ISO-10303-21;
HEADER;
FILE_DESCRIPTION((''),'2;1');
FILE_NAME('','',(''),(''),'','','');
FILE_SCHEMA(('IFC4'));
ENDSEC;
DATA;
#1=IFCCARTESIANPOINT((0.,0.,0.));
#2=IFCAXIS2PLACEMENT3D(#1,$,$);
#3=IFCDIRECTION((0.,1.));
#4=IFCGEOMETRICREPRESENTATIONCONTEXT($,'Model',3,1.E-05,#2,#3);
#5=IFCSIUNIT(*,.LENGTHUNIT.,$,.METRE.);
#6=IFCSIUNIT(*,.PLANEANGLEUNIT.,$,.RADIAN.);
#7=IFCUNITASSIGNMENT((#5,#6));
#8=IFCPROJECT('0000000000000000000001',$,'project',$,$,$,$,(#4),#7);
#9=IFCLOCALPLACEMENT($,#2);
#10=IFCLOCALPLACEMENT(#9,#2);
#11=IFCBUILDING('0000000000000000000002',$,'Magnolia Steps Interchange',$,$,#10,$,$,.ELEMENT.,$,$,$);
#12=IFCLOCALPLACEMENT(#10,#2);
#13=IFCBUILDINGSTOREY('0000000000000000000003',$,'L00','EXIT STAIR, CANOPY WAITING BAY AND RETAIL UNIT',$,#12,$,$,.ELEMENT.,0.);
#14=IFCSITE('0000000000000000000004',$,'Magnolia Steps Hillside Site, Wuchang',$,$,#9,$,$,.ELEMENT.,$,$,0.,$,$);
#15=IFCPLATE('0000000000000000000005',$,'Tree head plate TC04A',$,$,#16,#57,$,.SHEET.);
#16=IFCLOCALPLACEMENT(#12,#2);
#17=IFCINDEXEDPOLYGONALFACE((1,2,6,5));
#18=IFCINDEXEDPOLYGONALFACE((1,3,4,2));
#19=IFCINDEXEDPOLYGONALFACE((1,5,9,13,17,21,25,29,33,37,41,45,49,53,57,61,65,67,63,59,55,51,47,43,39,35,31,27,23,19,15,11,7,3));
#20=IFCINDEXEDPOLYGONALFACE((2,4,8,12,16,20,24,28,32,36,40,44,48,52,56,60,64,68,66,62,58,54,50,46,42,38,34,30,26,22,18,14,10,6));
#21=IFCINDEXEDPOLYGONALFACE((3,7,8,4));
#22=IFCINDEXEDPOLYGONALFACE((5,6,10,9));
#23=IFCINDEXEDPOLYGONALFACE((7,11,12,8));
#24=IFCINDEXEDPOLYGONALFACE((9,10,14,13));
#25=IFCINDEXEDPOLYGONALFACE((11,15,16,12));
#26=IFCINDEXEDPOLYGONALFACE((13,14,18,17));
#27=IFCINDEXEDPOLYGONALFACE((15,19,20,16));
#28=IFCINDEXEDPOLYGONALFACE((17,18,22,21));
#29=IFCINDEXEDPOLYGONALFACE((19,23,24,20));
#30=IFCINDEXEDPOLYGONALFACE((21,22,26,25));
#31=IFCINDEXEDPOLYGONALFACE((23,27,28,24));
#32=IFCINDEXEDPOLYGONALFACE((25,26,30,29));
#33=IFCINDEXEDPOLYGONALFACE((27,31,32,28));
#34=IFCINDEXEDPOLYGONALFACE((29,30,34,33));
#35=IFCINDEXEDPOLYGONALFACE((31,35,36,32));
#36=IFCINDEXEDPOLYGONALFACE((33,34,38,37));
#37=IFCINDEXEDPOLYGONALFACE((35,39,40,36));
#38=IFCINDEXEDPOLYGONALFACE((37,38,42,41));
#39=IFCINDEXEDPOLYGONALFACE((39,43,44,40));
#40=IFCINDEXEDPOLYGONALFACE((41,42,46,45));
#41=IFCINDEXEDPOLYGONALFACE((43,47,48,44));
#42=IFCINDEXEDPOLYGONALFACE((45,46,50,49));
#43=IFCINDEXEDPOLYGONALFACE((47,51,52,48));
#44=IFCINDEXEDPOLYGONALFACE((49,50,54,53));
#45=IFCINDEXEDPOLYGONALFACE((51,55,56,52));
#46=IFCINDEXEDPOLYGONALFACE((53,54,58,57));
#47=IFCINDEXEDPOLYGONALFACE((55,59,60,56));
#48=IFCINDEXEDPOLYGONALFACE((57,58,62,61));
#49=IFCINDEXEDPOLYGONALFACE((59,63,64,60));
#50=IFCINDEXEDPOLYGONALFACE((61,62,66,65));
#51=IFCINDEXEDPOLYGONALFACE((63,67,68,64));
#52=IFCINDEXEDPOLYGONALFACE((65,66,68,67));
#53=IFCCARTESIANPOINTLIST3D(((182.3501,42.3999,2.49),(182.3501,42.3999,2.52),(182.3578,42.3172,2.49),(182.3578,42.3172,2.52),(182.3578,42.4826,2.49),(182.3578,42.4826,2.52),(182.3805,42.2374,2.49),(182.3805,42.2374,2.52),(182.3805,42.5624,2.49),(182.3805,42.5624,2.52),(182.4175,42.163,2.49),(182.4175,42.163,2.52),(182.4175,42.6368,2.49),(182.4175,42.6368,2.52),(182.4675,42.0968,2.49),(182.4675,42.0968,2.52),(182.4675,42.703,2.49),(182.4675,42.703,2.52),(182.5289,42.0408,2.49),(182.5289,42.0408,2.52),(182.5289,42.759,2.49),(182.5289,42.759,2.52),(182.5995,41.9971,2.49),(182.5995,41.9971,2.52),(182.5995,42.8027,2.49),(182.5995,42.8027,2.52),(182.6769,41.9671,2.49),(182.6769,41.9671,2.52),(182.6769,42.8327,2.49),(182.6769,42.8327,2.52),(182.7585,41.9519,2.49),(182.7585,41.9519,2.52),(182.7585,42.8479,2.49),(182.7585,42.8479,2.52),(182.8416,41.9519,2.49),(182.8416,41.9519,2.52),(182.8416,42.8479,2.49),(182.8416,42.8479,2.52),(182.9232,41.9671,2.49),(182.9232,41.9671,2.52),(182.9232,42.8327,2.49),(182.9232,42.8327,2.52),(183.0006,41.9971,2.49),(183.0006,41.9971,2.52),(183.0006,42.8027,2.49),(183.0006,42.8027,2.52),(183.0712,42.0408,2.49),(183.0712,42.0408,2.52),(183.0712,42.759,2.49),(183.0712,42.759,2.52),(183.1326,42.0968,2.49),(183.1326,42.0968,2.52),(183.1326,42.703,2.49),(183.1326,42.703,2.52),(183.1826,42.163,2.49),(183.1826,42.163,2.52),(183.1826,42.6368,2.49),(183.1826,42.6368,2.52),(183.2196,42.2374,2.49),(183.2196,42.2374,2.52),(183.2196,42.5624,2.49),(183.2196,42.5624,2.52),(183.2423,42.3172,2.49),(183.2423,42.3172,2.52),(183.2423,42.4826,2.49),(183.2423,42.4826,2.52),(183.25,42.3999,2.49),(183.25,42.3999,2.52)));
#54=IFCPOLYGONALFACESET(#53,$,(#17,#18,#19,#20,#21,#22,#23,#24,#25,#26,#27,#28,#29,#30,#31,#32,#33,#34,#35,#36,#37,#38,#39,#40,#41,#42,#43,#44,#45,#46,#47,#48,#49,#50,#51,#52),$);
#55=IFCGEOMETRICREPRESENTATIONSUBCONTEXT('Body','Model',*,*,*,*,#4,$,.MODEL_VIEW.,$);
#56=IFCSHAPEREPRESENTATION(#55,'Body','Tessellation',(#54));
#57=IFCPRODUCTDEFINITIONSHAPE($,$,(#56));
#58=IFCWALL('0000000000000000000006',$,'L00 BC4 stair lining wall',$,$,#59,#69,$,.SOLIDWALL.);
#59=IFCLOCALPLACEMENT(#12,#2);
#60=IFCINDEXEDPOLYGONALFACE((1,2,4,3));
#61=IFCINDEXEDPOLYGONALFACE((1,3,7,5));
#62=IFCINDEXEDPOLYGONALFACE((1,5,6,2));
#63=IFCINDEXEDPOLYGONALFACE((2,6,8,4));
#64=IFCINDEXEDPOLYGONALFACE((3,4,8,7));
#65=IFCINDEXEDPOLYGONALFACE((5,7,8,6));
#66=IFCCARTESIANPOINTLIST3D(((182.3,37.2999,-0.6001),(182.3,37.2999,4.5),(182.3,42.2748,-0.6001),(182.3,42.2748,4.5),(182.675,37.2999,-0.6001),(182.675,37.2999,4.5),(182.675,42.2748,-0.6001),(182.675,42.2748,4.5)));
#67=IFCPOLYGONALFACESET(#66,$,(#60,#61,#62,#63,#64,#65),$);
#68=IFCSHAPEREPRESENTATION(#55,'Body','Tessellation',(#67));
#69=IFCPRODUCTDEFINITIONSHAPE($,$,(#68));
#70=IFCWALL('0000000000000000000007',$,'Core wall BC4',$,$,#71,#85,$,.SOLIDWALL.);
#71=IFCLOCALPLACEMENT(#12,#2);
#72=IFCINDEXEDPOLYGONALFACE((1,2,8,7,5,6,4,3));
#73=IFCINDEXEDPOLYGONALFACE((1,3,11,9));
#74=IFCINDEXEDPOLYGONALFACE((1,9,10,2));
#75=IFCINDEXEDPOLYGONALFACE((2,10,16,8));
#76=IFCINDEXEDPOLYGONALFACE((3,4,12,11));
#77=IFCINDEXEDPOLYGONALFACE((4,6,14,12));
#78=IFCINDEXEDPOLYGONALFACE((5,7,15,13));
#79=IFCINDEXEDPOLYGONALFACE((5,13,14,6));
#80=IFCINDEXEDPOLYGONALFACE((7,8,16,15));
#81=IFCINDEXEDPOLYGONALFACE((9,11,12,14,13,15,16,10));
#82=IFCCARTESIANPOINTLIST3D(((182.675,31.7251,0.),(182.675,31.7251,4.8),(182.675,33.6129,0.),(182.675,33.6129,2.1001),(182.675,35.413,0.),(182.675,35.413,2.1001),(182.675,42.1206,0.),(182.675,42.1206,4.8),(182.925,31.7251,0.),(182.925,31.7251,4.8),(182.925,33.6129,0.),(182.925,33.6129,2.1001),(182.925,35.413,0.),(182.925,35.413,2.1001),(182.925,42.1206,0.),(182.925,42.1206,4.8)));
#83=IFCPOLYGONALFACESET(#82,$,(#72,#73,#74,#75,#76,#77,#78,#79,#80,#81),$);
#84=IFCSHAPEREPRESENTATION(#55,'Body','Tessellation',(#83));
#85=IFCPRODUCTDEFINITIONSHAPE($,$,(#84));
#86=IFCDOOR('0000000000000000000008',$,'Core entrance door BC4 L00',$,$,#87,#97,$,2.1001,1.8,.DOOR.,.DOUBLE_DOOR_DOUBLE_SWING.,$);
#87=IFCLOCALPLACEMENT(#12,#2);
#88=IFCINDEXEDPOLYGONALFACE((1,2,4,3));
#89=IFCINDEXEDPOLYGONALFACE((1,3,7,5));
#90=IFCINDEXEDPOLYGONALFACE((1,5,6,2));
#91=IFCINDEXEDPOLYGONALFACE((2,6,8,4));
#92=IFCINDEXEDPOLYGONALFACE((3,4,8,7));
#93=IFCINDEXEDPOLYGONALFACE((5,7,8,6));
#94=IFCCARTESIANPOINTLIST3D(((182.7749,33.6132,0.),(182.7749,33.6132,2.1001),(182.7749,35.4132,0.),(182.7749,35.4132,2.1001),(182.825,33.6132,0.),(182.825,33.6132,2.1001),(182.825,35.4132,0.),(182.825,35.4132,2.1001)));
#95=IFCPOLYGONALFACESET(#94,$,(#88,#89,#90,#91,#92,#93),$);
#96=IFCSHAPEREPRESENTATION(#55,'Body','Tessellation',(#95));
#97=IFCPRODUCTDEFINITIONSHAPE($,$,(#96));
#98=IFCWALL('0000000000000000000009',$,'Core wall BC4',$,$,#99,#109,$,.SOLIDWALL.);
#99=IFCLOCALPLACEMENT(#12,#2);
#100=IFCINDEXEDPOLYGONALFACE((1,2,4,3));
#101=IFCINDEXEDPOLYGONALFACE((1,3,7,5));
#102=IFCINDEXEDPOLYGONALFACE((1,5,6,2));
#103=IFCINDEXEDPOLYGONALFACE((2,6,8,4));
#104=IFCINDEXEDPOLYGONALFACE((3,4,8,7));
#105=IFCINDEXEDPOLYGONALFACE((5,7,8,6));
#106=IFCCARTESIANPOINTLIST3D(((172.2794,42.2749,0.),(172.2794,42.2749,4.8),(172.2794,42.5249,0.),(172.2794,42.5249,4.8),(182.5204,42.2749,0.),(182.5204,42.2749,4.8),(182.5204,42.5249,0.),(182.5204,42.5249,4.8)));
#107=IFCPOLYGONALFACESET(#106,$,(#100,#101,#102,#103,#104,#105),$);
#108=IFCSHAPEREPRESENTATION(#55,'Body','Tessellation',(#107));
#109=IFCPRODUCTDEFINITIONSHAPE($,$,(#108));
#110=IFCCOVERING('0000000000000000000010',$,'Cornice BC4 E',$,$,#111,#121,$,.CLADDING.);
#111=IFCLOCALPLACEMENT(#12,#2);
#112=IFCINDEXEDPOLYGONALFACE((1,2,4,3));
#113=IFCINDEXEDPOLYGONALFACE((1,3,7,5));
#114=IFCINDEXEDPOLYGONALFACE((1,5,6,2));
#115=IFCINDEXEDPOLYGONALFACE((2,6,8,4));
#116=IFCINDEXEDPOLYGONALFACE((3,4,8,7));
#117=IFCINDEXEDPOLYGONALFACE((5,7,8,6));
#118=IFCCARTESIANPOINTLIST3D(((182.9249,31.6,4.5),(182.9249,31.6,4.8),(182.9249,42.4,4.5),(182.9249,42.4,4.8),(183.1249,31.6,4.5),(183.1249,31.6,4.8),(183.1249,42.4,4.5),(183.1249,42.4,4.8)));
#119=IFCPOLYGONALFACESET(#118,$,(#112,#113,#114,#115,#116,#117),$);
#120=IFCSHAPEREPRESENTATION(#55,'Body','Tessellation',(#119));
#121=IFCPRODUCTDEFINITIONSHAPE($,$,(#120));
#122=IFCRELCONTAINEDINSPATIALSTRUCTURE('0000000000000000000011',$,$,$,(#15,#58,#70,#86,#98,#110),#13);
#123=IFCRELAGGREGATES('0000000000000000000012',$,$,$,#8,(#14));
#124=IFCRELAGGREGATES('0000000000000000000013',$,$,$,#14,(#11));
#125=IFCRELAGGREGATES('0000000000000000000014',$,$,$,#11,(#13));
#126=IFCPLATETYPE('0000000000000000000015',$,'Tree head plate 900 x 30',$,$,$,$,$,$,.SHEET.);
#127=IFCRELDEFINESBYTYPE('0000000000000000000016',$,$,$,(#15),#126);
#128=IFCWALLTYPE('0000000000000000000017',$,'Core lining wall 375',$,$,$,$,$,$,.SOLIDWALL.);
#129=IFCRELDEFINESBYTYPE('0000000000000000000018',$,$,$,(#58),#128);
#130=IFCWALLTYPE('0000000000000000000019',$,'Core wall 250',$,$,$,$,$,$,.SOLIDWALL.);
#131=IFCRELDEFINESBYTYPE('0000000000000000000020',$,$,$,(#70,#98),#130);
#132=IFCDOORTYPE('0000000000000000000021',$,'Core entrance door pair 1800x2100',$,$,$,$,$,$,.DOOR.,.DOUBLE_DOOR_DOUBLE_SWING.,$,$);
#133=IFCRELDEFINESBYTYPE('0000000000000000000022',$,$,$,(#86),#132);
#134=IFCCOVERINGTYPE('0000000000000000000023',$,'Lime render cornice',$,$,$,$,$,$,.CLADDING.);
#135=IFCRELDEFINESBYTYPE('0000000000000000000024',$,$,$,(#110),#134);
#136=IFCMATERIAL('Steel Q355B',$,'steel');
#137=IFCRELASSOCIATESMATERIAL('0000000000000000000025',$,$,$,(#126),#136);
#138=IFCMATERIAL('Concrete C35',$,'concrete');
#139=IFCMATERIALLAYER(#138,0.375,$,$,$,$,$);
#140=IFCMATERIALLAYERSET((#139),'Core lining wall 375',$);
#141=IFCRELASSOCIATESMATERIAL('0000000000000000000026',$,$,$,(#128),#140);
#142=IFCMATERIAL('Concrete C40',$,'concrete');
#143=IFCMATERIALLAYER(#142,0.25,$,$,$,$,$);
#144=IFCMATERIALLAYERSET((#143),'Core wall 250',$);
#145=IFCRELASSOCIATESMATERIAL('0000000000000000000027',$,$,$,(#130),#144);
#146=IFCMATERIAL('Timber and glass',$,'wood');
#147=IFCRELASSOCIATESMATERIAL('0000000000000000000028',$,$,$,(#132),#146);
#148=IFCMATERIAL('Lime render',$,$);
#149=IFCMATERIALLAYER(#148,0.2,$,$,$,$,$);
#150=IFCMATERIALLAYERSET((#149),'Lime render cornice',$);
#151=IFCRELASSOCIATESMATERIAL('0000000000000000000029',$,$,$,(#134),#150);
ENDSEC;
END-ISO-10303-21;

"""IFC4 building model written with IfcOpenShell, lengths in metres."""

from ifc_helpers import new_model, si_unit, direction, frame, frame_2d, origin, origin_2d, place, context, subcontext, project, spatial, rectangle, circle, extrude, material, layer, layer_set, material_profile, profile_set, type_object, element, fill, save


model = new_model("IFC4")

# Units and contexts
model_context = context("Model", 3, precision=1e-05, world=origin(), true_north=direction((0.0, 1.0)))
body_context = subcontext(model_context, "Body", "Model", "MODEL_VIEW")
ifc_project = project(units=[si_unit("LENGTHUNIT", "METRE"), si_unit("PLANEANGLEUNIT", "RADIAN")], contexts=[model_context])

# Site, building, storey
site_placement = place(None, origin())
site = spatial("IfcSite", under=ifc_project, at=site_placement, Name="Magnolia Steps Hillside Site, Wuchang", CompositionType="ELEMENT", RefElevation=0.0)
building_placement = place(site_placement, origin())
building = spatial("IfcBuilding", under=site, at=building_placement, Name="Magnolia Steps Interchange", CompositionType="ELEMENT")
storey_placement = place(building_placement, origin())
storey = spatial("IfcBuildingStorey", under=building, at=storey_placement, Name="L00", Description="EXIT STAIR, CANOPY WAITING BAY AND RETAIL UNIT", CompositionType="ELEMENT", Elevation=0.0)

# Plate
ifc_material_1 = material(Name="Steel Q355B", Category="steel")
ifc_material_profile_1 = material_profile(ifc_material_1, circle(Radius=0.45, at=origin_2d()), Name="Tree head plate 900 x 30")
ifc_profile_set_1 = profile_set([ifc_material_profile_1], Name="Steel Q355B")
plate_type = type_object("IfcPlateType", Name="Tree head plate 900 x 30", PredefinedType="SHEET", material=ifc_profile_set_1)
plate_placement = place(storey_placement, frame((182.8, 42.3999, 2.49), z_axis=(0.0, 0.0, 1.0), x_axis=(1.0, 0.0, 0.0)))
element("IfcPlate", 1, at=plate_placement, inside=storey, type_object=plate_type, Name="Tree head plate TC04A", PredefinedType="SHEET", context=body_context, shape_type="SweptSolid", body=[
    extrude(circle(Radius=0.45, at=origin_2d()), origin(), (0.0, 0.0, 1.0), 0.03),
])

# Wall
ifc_material_2 = material(Name="Concrete C35", Category="concrete")
ifc_layer_1 = layer(ifc_material_2, 0.375)
ifc_layer_set_1 = layer_set([ifc_layer_1], Name="Core lining wall 375")
wall_type_1 = type_object("IfcWallType", Name="Core lining wall 375", PredefinedType="SOLIDWALL", material=ifc_layer_set_1)
wall_1_placement = place(storey_placement, frame((182.4875, 37.3, -0.6001), z_axis=(0.0, 0.0, 1.0), x_axis=(0.0, 1.0, 0.0)))
element("IfcWall", 2, at=wall_1_placement, inside=storey, type_object=wall_type_1, Name="L00 BC4 stair lining wall", PredefinedType="SOLIDWALL", context=body_context, shape_type="SweptSolid", body=[
    extrude(rectangle(XDim=4.9749, YDim=0.375, at=frame_2d((2.4873, 0.0))), origin(), (0.0, 0.0, 1.0), 5.1001),
])

# Wall, opening, door
ifc_material_3 = material(Name="Concrete C40", Category="concrete")
ifc_layer_2 = layer(ifc_material_3, 0.25)
ifc_layer_set_2 = layer_set([ifc_layer_2], Name="Core wall 250")
wall_type_2 = type_object("IfcWallType", Name="Core wall 250", PredefinedType="SOLIDWALL", material=ifc_layer_set_2)
wall_2_placement = place(storey_placement, frame((182.8, 31.7251, 0.0), z_axis=(0.0, 0.0, 1.0), x_axis=(0.0, 1.0, 0.0)))
wall_2 = element("IfcWall", 3, at=wall_2_placement, inside=storey, type_object=wall_type_2, Name="Core wall BC4", PredefinedType="SOLIDWALL", context=body_context, shape_type="SweptSolid", body=[
    extrude(rectangle(XDim=10.3955, YDim=0.25, at=frame_2d((5.1978, 0.0))), origin(), (0.0, 0.0, 1.0), 4.8),
])
opening_placement = place(wall_2_placement, frame((1.8879, 0.0, 0.0)))
opening = element("IfcOpeningElement", 4, at=opening_placement, cuts=wall_2, PredefinedType="OPENING", context=body_context, shape_type="SweptSolid", body=[
    extrude(rectangle(XDim=1.8, YDim=2.1001, at=frame_2d((0.8999, 1.05))), frame((0.0, 0.135, 0.0), z_axis=(0.0, -1.0, 0.0), x_axis=(1.0, 0.0, 0.0)), (0.0, 0.0, 1.0), 0.27),
])
ifc_material_4 = material(Name="Timber and glass", Category="wood")
door_type = type_object("IfcDoorType", Name="Core entrance door pair 1800x2100", OperationType="DOUBLE_DOOR_DOUBLE_SWING", PredefinedType="DOOR", material=ifc_material_4)
door_placement = place(opening_placement, frame((1.8, 0.0, 0.0), z_axis=(0.0, 0.0, 1.0), x_axis=(-1.0, 0.0, 0.0)))
door = element("IfcDoor", 5, at=door_placement, inside=storey, type_object=door_type, Name="Core entrance door BC4 L00", OperationType="DOUBLE_DOOR_DOUBLE_SWING", OverallHeight=2.1001, OverallWidth=1.8, PredefinedType="DOOR", context=body_context, shape_type="SweptSolid", body=[
    extrude(rectangle(XDim=1.8, YDim=2.1001, at=frame_2d((0.8999, 1.05))), frame((0.0, 0.0249, 0.0), z_axis=(0.0, -1.0, 0.0), x_axis=(1.0, 0.0, 0.0)), (0.0, 0.0, 1.0), 0.05),
])
fill(opening, door)

# Wall
wall_3_placement = place(storey_placement, frame((182.5205, 42.3999, 0.0), z_axis=(0.0, 0.0, 1.0), x_axis=(-1.0, 0.0, 0.0)))
element("IfcWall", 6, at=wall_3_placement, inside=storey, type_object=wall_type_2, Name="Core wall BC4", PredefinedType="SOLIDWALL", context=body_context, shape_type="SweptSolid", body=[
    extrude(rectangle(XDim=10.241, YDim=0.25, at=frame_2d((5.1206, 0.0))), origin(), (0.0, 0.0, 1.0), 4.8),
])

# Covering
ifc_material_5 = material(Name="Lime render")
ifc_layer_3 = layer(ifc_material_5, 0.2)
ifc_layer_set_3 = layer_set([ifc_layer_3], Name="Lime render cornice")
covering_type = type_object("IfcCoveringType", Name="Lime render cornice", PredefinedType="CLADDING", material=ifc_layer_set_3)
covering_placement = place(storey_placement, frame((183.0249, 37.0, 4.5), z_axis=(0.0, 0.0, 1.0), x_axis=(1.0, 0.0, 0.0)))
element("IfcCovering", 7, at=covering_placement, inside=storey, type_object=covering_type, Name="Cornice BC4 E", PredefinedType="CLADDING", context=body_context, shape_type="SweptSolid", body=[
    extrude(rectangle(XDim=0.2, YDim=10.8, at=origin_2d()), origin(), (0.0, 0.0, 1.0), 0.3),
])

save(model, "model.ifc")
